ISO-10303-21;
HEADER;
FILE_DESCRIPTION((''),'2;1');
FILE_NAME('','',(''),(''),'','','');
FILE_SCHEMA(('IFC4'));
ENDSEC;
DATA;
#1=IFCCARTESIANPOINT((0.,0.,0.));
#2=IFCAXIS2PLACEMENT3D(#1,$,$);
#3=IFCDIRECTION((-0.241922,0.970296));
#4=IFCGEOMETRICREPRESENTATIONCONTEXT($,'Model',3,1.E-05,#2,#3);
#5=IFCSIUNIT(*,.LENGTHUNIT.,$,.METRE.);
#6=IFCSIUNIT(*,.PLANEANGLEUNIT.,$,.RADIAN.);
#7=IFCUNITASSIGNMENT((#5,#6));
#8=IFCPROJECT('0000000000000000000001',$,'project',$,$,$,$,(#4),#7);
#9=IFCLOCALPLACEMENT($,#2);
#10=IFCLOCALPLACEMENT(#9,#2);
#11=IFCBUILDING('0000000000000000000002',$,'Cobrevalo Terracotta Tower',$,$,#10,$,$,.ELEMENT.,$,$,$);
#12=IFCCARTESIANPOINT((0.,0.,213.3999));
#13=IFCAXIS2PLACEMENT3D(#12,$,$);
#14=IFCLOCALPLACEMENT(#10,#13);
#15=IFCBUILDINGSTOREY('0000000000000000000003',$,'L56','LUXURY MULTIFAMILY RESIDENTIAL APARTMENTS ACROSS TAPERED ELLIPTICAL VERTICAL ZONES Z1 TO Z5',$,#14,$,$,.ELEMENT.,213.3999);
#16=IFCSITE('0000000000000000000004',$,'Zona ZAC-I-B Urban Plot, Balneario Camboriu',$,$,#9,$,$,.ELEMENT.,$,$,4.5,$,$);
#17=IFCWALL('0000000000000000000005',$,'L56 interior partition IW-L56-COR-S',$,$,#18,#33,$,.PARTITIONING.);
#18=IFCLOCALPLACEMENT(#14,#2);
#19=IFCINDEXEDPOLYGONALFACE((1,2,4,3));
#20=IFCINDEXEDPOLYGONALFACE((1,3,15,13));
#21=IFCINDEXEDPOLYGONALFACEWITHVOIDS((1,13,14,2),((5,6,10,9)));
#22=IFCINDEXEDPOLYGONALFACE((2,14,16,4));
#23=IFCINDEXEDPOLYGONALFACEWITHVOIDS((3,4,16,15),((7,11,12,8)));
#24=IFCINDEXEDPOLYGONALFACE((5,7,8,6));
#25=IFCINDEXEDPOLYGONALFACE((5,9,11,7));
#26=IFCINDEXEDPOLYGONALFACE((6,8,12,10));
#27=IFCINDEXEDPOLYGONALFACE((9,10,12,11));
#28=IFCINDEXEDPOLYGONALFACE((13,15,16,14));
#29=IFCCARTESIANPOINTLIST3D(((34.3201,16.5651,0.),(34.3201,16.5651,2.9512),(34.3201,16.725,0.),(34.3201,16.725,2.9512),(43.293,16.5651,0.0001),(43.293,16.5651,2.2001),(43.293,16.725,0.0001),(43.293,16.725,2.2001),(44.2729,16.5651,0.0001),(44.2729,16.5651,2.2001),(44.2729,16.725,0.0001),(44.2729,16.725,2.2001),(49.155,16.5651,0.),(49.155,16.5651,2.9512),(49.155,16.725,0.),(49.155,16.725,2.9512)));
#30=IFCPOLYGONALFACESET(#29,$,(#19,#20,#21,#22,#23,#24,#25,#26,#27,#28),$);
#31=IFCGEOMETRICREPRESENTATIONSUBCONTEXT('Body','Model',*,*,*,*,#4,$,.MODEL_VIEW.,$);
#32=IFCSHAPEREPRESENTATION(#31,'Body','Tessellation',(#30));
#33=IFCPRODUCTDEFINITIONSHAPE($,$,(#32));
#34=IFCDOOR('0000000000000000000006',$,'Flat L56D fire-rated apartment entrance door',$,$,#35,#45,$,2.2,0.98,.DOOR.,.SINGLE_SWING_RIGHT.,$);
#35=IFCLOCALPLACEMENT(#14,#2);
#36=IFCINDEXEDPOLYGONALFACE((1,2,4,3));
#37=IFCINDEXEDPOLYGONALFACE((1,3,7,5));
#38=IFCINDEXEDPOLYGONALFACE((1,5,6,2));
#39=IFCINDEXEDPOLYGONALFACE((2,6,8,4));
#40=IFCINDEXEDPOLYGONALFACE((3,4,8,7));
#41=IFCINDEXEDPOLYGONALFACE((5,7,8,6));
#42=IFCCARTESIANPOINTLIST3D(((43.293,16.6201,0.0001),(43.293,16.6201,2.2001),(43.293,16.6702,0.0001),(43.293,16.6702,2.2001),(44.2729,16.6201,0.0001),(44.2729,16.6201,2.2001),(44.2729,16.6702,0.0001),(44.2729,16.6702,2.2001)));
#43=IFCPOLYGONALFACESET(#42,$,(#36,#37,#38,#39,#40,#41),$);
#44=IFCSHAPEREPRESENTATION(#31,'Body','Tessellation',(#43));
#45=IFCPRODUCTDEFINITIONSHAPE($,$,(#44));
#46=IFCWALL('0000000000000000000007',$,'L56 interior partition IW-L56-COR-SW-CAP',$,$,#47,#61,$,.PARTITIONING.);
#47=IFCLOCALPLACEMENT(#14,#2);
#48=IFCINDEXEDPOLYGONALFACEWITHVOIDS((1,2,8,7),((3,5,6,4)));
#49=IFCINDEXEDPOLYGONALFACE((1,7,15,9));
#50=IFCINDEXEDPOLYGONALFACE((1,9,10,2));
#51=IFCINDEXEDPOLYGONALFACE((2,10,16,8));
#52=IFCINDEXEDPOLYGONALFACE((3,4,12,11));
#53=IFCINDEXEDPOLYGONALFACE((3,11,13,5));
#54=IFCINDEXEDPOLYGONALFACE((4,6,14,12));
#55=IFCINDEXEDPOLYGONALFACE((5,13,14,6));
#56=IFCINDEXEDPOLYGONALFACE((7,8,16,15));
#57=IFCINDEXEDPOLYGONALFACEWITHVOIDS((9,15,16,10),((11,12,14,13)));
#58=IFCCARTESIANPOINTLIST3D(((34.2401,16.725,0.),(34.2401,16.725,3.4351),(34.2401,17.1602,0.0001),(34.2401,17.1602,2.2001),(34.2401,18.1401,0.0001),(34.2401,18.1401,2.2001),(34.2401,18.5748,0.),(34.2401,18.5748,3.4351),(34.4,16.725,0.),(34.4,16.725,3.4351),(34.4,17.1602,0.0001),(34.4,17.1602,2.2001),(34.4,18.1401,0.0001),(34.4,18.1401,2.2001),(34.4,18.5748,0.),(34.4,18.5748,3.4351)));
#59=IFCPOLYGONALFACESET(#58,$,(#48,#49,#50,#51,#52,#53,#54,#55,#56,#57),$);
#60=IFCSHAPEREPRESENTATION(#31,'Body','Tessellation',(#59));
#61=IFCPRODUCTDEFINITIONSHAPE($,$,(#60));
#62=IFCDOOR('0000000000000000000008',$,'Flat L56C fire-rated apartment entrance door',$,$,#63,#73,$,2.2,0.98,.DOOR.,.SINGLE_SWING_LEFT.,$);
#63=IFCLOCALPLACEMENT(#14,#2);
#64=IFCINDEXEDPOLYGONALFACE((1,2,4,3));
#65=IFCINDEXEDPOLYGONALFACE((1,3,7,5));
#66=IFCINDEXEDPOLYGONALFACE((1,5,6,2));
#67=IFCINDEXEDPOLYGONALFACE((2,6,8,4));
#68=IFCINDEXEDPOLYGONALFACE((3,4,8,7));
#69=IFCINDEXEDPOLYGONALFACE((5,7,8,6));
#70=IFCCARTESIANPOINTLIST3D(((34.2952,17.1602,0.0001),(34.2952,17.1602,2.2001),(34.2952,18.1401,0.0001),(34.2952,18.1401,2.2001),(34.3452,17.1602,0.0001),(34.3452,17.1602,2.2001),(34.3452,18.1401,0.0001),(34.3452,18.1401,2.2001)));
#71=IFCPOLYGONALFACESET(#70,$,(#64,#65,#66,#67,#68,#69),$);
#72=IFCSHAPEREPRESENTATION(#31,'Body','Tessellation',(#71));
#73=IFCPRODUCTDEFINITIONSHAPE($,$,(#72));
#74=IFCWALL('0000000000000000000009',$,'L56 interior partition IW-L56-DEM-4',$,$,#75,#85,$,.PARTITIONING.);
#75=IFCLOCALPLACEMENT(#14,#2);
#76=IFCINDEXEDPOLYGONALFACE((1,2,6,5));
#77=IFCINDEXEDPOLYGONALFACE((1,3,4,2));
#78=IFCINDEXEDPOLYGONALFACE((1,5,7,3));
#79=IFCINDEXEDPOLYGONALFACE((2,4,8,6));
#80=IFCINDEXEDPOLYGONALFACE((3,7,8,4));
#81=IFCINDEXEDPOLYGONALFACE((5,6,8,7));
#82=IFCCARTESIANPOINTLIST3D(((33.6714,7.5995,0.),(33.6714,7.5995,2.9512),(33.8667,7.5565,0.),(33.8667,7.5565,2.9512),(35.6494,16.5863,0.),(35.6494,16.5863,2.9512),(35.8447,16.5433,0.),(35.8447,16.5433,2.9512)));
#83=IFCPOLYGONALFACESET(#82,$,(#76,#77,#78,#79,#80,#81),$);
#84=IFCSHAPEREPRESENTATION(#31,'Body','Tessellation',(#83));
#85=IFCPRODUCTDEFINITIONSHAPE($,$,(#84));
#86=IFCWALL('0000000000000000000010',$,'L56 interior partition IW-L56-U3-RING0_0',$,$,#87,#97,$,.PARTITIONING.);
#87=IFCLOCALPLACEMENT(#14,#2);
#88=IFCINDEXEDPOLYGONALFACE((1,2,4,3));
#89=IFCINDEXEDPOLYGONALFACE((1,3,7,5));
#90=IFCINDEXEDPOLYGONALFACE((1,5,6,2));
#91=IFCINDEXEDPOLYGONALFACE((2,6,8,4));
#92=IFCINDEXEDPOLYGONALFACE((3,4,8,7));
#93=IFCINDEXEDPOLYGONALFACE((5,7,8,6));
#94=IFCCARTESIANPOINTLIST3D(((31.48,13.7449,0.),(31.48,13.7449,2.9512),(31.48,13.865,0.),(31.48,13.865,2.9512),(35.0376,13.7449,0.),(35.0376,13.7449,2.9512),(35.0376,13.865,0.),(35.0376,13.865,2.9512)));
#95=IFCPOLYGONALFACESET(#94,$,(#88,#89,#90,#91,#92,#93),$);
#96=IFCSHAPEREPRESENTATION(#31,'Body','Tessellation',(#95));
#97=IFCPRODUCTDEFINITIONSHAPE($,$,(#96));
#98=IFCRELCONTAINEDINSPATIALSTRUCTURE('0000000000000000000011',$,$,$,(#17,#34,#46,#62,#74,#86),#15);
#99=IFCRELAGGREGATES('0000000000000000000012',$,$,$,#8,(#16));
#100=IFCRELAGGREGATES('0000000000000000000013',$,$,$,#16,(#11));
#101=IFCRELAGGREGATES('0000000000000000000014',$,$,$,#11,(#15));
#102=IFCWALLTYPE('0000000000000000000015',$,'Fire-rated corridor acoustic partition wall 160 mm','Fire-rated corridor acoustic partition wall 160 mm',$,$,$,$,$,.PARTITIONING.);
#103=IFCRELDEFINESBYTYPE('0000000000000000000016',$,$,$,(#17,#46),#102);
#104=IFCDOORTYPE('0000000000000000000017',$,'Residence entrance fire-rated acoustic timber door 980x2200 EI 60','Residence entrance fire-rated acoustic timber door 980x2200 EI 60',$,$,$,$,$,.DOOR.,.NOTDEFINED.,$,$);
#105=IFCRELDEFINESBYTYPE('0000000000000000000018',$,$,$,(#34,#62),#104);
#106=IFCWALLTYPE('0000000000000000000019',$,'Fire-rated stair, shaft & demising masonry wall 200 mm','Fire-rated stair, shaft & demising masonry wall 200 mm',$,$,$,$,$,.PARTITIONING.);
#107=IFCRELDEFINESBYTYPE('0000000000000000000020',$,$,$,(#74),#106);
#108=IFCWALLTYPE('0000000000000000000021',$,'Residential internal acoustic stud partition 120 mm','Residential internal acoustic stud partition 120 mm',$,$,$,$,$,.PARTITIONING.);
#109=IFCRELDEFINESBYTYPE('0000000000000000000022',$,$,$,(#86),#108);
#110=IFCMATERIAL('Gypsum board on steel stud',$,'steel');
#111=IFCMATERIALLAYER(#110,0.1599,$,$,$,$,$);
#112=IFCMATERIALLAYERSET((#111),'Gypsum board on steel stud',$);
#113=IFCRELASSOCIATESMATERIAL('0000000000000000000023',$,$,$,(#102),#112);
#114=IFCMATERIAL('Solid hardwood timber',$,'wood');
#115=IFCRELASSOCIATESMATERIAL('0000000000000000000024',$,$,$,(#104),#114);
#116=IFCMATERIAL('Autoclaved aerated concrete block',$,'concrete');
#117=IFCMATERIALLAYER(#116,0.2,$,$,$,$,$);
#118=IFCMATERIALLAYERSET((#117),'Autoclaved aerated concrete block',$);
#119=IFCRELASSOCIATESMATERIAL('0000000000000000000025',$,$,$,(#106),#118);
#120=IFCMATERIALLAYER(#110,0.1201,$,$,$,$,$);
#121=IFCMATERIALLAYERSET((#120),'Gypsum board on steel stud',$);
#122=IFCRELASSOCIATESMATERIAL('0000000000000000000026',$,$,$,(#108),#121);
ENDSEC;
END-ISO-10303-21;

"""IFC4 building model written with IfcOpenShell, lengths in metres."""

from ifc_helpers import new_model, si_unit, direction, frame, frame_2d, origin, place, context, subcontext, project, spatial, rectangle, extrude, source, transform, mapped, material, layer, layer_set, type_object, element, fill, save


model = new_model("IFC4")

# Units and contexts
model_context = context("Model", 3, precision=1e-05, world=origin(), true_north=direction((-0.241922, 0.970296)))
body_context = subcontext(model_context, "Body", "Model", "MODEL_VIEW")
ifc_project = project(units=[si_unit("LENGTHUNIT", "METRE"), si_unit("PLANEANGLEUNIT", "RADIAN")], contexts=[model_context])

# Site, building, storey
site_placement = place(None, origin())
site = spatial("IfcSite", under=ifc_project, at=site_placement, Name="Zona ZAC-I-B Urban Plot, Balneario Camboriu", CompositionType="ELEMENT", RefElevation=4.5)
building_placement = place(site_placement, origin())
building = spatial("IfcBuilding", under=site, at=building_placement, Name="Cobrevalo Terracotta Tower", CompositionType="ELEMENT")
storey_placement = place(building_placement, frame((0.0, 0.0, 213.3999)))
storey = spatial("IfcBuildingStorey", under=building, at=storey_placement, Name="L56", Description="LUXURY MULTIFAMILY RESIDENTIAL APARTMENTS ACROSS TAPERED ELLIPTICAL VERTICAL ZONES Z1 TO Z5", CompositionType="ELEMENT", Elevation=213.3999)

# Walls, openings, doors
ifc_material_1 = material(Name="Gypsum board on steel stud", Category="steel")
ifc_layer_1 = layer(ifc_material_1, 0.1599)
ifc_layer_set_1 = layer_set([ifc_layer_1], Name="Gypsum board on steel stud")
wall_type_1 = type_object("IfcWallType", Name="Fire-rated corridor acoustic partition wall 160 mm", Description="Fire-rated corridor acoustic partition wall 160 mm", PredefinedType="PARTITIONING", material=ifc_layer_set_1)
wall_1_placement = place(storey_placement, frame((34.3201, 16.645, 0.0), z_axis=(0.0, 0.0, 1.0), x_axis=(1.0, 0.0, 0.0)))
wall_1 = element("IfcWall", 1, at=wall_1_placement, inside=storey, type_object=wall_type_1, Name="L56 interior partition IW-L56-COR-S", PredefinedType="PARTITIONING", context=body_context, shape_type="SweptSolid", body=[
    extrude(rectangle(XDim=14.835, YDim=0.1599, at=frame_2d((7.4175, 0.0))), origin(), (0.0, 0.0, 1.0), 2.9512),
])
opening_1_placement = place(wall_1_placement, frame((8.9729, 0.0, 0.0)))
opening_1 = element("IfcOpeningElement", 2, at=opening_1_placement, cuts=wall_1, PredefinedType="OPENING", context=body_context, shape_type="SweptSolid", body=[
    extrude(rectangle(XDim=0.98, YDim=2.2, at=frame_2d((0.49, 1.1001))), frame((0.0, 0.0898, 0.0), z_axis=(0.0, -1.0, 0.0), x_axis=(1.0, 0.0, 0.0)), (0.0, 0.0, 1.0), 0.1799),
])
ifc_material_2 = material(Name="Solid hardwood timber", Category="wood")
door_type_1 = type_object("IfcDoorType", Name="Residence entrance fire-rated acoustic timber door 980x2200 EI 60", Description="Residence entrance fire-rated acoustic timber door 980x2200 EI 60", OperationType="NOTDEFINED", PredefinedType="DOOR", material=ifc_material_2)
shared_shape_1 = source(origin(), body_context, "Body", "SweptSolid", [
    extrude(rectangle(XDim=0.98, YDim=2.2, at=frame_2d((0.49, 1.1001))), frame((0.0, 0.0249, 0.0), z_axis=(0.0, -1.0, 0.0), x_axis=(1.0, 0.0, 0.0)), (0.0, 0.0, 1.0), 0.05),
])
door_1_placement = place(opening_1_placement, frame((0.98, 0.0, 0.0), z_axis=(0.0, 0.0, 1.0), x_axis=(-1.0, 0.0, 0.0)))
door_1 = element("IfcDoor", 3, at=door_1_placement, inside=storey, type_object=door_type_1, Name="Flat L56D fire-rated apartment entrance door", OperationType="SINGLE_SWING_RIGHT", OverallHeight=2.2, OverallWidth=0.98, PredefinedType="DOOR", context=body_context, shape_type="MappedRepresentation", body=[
    mapped(shared_shape_1, transform((0.0, 0.0, 0.0), scale=1.0)),
])
fill(opening_1, door_1)
wall_2_placement = place(storey_placement, frame((34.3201, 16.7251, 0.0), z_axis=(0.0, 0.0, 1.0), x_axis=(0.0, 1.0, 0.0)))
wall_2 = element("IfcWall", 4, at=wall_2_placement, inside=storey, type_object=wall_type_1, Name="L56 interior partition IW-L56-COR-SW-CAP", PredefinedType="PARTITIONING", context=body_context, shape_type="SweptSolid", body=[
    extrude(rectangle(XDim=1.8499, YDim=0.1599, at=frame_2d((0.9248, 0.0))), origin(), (0.0, 0.0, 1.0), 3.4351),
])
opening_2_placement = place(wall_2_placement, frame((0.4351, 0.0, 0.0)))
opening_2 = element("IfcOpeningElement", 5, at=opening_2_placement, cuts=wall_2, PredefinedType="OPENING", context=body_context, shape_type="SweptSolid", body=[
    extrude(rectangle(XDim=0.98, YDim=2.2, at=frame_2d((0.49, 1.1001))), frame((0.0, 0.0898, 0.0), z_axis=(0.0, -1.0, 0.0), x_axis=(1.0, 0.0, 0.0)), (0.0, 0.0, 1.0), 0.1799),
])
door_2_placement = place(opening_2_placement, origin())
door_2 = element("IfcDoor", 6, at=door_2_placement, inside=storey, type_object=door_type_1, Name="Flat L56C fire-rated apartment entrance door", OperationType="SINGLE_SWING_LEFT", OverallHeight=2.2, OverallWidth=0.98, PredefinedType="DOOR", context=body_context, shape_type="MappedRepresentation", body=[
    mapped(shared_shape_1, transform((0.0, 0.0, 0.0), scale=1.0)),
])
fill(opening_2, door_2)

# Walls
ifc_material_3 = material(Name="Autoclaved aerated concrete block", Category="concrete")
ifc_layer_2 = layer(ifc_material_3, 0.2)
ifc_layer_set_2 = layer_set([ifc_layer_2], Name="Autoclaved aerated concrete block")
wall_type_2 = type_object("IfcWallType", Name="Fire-rated stair, shaft & demising masonry wall 200 mm", Description="Fire-rated stair, shaft & demising masonry wall 200 mm", PredefinedType="PARTITIONING", material=ifc_layer_set_2)
wall_3_placement = place(storey_placement, frame((35.7471, 16.5649, 0.0), z_axis=(0.0, 0.0, 1.0), x_axis=(-0.214958, -0.976623, 0.0)))
element("IfcWall", 7, at=wall_3_placement, inside=storey, type_object=wall_type_2, Name="L56 interior partition IW-L56-DEM-4", PredefinedType="PARTITIONING", context=body_context, shape_type="SweptSolid", body=[
    extrude(rectangle(XDim=9.2019, YDim=0.2, at=frame_2d((4.6011, 0.0))), origin(), (0.0, 0.0, 1.0), 2.9512),
])
ifc_layer_3 = layer(ifc_material_1, 0.1201)
ifc_layer_set_3 = layer_set([ifc_layer_3], Name="Gypsum board on steel stud")
wall_type_3 = type_object("IfcWallType", Name="Residential internal acoustic stud partition 120 mm", Description="Residential internal acoustic stud partition 120 mm", PredefinedType="PARTITIONING", material=ifc_layer_set_3)
wall_4_placement = place(storey_placement, frame((35.0376, 13.8049, 0.0), z_axis=(0.0, 0.0, 1.0), x_axis=(-1.0, 0.0, 0.0)))
element("IfcWall", 8, at=wall_4_placement, inside=storey, type_object=wall_type_3, Name="L56 interior partition IW-L56-U3-RING0_0", PredefinedType="PARTITIONING", context=body_context, shape_type="SweptSolid", body=[
    extrude(rectangle(XDim=3.5576, YDim=0.1201, at=frame_2d((1.7788, 0.0))), origin(), (0.0, 0.0, 1.0), 2.9512),
])

save(model, "model.ifc")
